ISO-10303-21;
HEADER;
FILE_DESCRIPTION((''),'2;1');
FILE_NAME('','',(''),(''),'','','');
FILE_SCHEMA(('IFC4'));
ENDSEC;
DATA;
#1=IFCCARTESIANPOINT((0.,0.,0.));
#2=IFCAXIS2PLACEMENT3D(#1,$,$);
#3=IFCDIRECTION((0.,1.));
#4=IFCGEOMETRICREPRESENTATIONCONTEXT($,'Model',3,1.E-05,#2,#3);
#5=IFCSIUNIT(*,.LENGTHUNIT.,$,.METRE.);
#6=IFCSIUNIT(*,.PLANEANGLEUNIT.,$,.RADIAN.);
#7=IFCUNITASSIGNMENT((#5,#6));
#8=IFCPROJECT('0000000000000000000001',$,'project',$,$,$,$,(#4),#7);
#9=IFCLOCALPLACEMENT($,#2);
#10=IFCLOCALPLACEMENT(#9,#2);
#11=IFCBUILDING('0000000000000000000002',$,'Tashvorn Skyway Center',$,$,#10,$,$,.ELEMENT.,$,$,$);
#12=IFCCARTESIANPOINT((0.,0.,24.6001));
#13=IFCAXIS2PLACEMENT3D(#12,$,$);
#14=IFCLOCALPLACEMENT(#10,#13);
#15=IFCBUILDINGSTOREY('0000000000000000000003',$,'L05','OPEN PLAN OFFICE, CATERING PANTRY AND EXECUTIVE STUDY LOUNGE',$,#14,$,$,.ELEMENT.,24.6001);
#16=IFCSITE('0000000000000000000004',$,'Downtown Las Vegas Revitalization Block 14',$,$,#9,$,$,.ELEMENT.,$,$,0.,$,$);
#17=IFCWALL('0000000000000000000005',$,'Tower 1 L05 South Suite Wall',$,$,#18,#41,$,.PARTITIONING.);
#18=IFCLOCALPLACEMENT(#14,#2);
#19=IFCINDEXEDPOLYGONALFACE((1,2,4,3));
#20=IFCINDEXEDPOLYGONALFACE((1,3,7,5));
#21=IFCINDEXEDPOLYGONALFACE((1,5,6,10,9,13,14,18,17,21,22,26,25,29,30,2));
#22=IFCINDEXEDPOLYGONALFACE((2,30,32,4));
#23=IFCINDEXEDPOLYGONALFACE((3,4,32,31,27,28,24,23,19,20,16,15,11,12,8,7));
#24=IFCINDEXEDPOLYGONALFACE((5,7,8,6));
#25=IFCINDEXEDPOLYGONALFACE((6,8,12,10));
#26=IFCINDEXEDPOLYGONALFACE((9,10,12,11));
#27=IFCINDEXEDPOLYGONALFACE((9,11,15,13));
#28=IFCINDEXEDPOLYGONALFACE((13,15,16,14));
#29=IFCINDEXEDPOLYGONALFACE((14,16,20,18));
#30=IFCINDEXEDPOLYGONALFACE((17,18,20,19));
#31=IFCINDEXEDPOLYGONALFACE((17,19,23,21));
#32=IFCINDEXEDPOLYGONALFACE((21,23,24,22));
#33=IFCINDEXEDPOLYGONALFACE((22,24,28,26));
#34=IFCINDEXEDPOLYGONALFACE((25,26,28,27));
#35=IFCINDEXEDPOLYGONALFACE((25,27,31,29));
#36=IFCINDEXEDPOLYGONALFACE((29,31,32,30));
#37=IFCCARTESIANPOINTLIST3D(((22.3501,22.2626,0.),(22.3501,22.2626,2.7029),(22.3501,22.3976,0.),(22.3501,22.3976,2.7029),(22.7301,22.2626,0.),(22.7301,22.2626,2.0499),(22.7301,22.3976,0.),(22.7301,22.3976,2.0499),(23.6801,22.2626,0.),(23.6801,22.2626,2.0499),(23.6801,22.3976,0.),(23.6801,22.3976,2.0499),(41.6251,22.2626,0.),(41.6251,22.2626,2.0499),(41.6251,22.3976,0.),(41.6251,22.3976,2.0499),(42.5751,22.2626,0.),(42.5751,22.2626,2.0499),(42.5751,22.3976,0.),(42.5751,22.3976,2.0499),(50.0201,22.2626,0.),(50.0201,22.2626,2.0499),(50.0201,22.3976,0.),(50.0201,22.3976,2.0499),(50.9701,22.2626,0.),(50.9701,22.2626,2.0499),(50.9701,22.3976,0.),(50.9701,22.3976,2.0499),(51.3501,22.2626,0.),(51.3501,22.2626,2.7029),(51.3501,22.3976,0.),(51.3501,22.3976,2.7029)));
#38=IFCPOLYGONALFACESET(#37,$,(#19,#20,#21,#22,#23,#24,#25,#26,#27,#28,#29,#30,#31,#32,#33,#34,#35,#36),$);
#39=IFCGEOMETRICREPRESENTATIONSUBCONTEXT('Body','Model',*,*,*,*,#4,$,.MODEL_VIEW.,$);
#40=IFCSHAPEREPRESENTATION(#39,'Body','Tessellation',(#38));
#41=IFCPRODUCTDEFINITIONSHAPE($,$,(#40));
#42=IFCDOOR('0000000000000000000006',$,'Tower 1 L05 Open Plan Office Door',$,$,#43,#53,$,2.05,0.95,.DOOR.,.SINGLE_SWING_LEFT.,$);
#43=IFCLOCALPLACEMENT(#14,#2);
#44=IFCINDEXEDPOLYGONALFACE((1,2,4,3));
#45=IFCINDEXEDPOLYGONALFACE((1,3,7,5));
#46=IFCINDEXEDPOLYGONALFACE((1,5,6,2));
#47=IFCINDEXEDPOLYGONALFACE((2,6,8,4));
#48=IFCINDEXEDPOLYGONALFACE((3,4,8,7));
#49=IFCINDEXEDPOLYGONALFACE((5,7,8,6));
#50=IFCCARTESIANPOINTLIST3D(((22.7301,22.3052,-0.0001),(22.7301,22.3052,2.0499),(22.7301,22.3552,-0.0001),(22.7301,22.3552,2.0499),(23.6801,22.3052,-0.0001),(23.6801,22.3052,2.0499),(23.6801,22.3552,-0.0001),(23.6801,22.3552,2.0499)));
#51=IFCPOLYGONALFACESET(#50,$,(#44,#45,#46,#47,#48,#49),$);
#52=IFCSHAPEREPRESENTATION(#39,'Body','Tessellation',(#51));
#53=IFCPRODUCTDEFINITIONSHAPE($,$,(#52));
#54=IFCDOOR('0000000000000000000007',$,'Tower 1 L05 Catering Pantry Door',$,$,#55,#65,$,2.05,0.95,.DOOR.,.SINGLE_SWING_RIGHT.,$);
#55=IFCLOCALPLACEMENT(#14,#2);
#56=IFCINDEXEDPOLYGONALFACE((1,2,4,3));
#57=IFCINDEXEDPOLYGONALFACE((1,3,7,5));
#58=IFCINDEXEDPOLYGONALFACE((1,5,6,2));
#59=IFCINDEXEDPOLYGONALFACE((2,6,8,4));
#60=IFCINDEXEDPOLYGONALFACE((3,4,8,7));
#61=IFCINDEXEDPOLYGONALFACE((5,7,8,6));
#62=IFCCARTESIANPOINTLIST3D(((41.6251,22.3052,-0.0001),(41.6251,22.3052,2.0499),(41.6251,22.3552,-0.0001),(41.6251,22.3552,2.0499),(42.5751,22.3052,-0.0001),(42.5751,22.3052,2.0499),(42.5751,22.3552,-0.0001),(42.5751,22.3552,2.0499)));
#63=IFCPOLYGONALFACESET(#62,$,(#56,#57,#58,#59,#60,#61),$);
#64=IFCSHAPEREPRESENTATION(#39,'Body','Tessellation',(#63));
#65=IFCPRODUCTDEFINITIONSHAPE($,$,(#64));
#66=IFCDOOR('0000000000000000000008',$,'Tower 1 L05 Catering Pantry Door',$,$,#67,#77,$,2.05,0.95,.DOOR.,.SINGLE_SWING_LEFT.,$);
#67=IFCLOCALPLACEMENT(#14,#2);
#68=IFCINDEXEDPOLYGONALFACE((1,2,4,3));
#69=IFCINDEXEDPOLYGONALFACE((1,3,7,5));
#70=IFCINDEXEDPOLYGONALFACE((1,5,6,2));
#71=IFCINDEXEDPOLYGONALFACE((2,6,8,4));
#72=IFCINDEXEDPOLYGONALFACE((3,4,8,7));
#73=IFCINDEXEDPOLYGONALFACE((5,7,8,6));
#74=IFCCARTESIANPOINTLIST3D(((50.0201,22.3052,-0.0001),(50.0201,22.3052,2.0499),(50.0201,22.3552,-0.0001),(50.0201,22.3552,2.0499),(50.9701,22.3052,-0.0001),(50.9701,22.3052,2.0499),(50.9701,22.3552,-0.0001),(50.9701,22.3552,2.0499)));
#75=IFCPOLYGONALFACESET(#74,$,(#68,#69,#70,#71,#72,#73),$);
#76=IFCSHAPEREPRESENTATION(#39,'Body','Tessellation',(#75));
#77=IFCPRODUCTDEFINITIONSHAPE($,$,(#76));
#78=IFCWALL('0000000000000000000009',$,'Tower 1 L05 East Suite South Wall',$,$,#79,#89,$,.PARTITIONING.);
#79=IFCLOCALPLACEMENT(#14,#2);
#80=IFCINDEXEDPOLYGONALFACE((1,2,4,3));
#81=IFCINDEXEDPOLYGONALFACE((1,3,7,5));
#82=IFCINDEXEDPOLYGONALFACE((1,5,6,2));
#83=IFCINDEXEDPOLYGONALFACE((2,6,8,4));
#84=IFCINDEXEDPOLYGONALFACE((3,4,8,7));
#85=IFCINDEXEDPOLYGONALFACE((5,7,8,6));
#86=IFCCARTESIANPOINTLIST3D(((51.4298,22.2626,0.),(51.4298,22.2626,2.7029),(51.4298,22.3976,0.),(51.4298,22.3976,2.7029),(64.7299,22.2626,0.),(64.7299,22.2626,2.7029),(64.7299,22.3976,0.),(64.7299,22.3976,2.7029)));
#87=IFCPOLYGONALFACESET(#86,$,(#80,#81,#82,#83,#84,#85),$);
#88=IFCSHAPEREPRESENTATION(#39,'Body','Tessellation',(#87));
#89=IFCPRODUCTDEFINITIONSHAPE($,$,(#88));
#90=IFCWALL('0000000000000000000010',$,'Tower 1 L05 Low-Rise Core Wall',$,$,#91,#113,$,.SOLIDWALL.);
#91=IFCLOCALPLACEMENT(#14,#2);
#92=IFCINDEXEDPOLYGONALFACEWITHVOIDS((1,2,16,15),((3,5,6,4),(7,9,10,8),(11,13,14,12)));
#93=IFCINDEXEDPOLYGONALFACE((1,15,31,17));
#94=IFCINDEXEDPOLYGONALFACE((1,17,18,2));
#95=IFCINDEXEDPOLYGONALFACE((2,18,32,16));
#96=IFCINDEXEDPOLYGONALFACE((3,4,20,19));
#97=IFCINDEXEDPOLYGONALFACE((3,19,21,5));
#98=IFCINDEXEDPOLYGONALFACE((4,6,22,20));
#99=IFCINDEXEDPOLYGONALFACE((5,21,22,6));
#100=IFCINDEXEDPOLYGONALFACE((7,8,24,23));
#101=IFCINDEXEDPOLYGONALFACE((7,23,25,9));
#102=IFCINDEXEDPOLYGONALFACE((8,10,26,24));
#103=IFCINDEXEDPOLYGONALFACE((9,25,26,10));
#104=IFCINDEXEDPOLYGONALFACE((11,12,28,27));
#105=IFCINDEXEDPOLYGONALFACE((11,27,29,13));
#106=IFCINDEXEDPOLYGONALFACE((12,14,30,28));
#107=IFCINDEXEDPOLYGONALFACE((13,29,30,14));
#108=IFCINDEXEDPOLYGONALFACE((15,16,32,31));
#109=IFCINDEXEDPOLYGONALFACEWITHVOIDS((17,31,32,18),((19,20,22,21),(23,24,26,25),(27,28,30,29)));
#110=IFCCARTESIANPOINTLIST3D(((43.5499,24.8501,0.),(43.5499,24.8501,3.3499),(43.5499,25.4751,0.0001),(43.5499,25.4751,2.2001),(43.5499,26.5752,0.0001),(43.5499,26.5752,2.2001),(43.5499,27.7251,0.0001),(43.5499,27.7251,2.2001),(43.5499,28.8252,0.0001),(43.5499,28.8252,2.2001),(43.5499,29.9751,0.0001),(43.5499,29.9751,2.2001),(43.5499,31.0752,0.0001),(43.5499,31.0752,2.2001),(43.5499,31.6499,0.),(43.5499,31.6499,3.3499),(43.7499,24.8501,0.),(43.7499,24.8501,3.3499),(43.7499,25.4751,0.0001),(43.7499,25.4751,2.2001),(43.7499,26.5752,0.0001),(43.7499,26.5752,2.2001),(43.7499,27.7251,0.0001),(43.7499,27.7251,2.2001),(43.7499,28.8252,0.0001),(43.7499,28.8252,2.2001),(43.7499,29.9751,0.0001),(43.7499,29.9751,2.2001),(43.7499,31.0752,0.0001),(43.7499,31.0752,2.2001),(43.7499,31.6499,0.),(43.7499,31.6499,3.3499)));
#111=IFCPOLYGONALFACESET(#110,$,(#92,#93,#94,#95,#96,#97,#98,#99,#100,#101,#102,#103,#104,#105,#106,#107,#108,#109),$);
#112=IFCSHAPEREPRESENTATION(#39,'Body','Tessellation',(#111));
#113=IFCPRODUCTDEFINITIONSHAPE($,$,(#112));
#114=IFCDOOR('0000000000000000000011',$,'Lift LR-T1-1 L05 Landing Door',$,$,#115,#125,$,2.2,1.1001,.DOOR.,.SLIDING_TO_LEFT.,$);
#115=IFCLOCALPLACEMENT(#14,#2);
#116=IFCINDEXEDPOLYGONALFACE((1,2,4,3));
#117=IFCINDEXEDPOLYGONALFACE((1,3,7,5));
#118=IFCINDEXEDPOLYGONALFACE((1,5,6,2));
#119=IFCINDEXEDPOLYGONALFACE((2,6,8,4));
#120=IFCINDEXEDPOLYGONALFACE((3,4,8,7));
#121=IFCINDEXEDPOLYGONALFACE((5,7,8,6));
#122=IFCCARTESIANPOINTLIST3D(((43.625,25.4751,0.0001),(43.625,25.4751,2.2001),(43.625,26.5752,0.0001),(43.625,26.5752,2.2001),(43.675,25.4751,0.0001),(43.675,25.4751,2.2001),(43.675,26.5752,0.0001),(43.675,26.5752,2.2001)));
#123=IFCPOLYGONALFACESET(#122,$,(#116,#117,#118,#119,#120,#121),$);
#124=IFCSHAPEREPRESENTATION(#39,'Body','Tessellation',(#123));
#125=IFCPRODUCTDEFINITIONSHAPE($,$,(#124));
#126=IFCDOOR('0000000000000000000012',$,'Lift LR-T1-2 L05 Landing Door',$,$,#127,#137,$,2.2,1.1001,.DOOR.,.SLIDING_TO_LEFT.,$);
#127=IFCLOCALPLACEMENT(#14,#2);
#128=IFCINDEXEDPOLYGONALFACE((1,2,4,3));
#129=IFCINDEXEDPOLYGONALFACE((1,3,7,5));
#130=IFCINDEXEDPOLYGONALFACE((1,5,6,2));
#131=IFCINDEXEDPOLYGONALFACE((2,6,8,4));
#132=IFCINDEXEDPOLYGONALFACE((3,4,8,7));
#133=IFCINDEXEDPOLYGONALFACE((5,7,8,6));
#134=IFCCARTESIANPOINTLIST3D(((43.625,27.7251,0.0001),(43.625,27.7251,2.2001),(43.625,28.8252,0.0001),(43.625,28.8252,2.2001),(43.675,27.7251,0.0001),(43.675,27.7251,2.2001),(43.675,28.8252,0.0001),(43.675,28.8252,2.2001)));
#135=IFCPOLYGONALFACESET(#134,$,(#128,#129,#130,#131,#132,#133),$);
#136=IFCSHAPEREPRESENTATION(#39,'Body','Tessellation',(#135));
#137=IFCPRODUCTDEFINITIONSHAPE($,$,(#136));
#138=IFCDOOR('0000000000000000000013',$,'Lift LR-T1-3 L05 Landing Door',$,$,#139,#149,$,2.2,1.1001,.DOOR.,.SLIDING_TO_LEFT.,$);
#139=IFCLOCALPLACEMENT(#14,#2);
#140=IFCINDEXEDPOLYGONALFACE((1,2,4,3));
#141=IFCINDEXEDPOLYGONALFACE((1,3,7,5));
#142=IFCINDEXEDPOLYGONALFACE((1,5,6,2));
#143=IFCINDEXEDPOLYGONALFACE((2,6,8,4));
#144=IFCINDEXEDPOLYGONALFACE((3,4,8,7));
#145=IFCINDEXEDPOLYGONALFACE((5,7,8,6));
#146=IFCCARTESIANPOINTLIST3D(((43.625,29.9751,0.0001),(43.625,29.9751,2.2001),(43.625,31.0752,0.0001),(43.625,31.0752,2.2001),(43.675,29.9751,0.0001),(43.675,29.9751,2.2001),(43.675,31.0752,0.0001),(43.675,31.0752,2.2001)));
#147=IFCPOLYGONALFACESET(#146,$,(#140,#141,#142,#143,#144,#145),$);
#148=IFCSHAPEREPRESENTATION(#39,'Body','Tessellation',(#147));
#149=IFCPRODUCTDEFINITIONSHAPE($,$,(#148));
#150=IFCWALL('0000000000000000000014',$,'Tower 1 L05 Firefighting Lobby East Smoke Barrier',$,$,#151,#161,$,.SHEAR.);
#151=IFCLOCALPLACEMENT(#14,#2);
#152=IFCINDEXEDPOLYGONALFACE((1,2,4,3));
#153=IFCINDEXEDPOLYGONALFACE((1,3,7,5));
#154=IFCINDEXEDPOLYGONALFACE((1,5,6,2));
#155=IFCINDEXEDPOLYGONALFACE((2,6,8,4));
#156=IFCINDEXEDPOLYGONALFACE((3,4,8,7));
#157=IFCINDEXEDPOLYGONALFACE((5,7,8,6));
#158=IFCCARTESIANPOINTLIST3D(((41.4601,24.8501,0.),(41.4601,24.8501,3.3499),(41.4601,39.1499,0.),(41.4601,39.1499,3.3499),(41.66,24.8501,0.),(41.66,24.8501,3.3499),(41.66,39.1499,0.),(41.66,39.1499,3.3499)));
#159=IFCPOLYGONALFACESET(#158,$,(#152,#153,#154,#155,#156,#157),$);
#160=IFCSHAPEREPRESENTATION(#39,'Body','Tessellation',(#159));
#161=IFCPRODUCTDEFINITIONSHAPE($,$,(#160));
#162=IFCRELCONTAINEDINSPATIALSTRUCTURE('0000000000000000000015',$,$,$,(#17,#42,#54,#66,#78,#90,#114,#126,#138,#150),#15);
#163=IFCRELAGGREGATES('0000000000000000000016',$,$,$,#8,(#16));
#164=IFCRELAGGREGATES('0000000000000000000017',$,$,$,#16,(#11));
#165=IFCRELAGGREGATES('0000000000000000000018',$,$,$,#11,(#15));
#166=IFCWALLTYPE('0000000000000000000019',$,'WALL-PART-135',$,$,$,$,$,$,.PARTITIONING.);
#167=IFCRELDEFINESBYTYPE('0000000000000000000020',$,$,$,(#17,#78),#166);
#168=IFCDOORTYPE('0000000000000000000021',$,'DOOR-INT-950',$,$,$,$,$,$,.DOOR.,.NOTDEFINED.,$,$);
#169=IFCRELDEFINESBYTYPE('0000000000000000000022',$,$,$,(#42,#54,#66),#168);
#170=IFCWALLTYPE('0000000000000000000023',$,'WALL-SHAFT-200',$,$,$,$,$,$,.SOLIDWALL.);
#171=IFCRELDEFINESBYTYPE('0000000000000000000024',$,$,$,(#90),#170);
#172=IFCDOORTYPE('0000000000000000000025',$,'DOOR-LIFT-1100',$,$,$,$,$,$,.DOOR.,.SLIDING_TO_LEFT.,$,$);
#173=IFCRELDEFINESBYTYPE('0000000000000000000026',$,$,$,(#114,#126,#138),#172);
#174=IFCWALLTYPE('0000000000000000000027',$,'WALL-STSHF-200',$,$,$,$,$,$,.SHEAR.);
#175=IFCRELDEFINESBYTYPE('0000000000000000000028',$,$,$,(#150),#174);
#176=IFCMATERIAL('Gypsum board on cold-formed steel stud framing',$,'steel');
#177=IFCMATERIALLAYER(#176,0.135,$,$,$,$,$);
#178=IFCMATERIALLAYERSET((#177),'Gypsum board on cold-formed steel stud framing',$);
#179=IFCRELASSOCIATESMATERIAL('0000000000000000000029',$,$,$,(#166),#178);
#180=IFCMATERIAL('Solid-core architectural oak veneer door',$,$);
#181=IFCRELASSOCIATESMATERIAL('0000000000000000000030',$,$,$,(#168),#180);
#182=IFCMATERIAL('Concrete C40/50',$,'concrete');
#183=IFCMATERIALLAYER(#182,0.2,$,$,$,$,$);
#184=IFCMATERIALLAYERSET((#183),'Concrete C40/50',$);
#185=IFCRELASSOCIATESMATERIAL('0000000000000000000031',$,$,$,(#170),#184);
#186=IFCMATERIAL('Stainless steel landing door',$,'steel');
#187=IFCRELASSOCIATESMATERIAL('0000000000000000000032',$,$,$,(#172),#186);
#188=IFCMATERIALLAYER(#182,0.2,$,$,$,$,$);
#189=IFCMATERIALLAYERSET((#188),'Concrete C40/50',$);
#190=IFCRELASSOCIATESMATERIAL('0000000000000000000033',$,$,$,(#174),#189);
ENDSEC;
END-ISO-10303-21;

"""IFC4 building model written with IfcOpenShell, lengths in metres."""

from ifc_helpers import new_model, si_unit, direction, frame, frame_2d, origin, place, context, subcontext, project, spatial, rectangle, extrude, material, layer, layer_set, type_object, element, fill, save


model = new_model("IFC4")

# Units and contexts
model_context = context("Model", 3, precision=1e-05, world=origin(), true_north=direction((0.0, 1.0)))
body_context = subcontext(model_context, "Body", "Model", "MODEL_VIEW")
ifc_project = project(units=[si_unit("LENGTHUNIT", "METRE"), si_unit("PLANEANGLEUNIT", "RADIAN")], contexts=[model_context])

# Site, building, storey
site_placement = place(None, origin())
site = spatial("IfcSite", under=ifc_project, at=site_placement, Name="Downtown Las Vegas Revitalization Block 14", CompositionType="ELEMENT", RefElevation=0.0)
building_placement = place(site_placement, origin())
building = spatial("IfcBuilding", under=site, at=building_placement, Name="Tashvorn Skyway Center", CompositionType="ELEMENT")
storey_placement = place(building_placement, frame((0.0, 0.0, 24.6001)))
storey = spatial("IfcBuildingStorey", under=building, at=storey_placement, Name="L05", Description="OPEN PLAN OFFICE, CATERING PANTRY AND EXECUTIVE STUDY LOUNGE", CompositionType="ELEMENT", Elevation=24.6001)

# Wall, openings, doors
ifc_material_1 = material(Name="Gypsum board on cold-formed steel stud framing", Category="steel")
ifc_layer_1 = layer(ifc_material_1, 0.135)
ifc_layer_set_1 = layer_set([ifc_layer_1], Name="Gypsum board on cold-formed steel stud framing")
wall_type_1 = type_object("IfcWallType", Name="WALL-PART-135", PredefinedType="PARTITIONING", material=ifc_layer_set_1)
wall_1_placement = place(storey_placement, frame((51.3501, 22.3301, 0.0), z_axis=(0.0, 0.0, 1.0), x_axis=(-1.0, 0.0, 0.0)))
wall_1 = element("IfcWall", 1, at=wall_1_placement, inside=storey, type_object=wall_type_1, Name="Tower 1 L05 South Suite Wall", PredefinedType="PARTITIONING", context=body_context, shape_type="SweptSolid", body=[
    extrude(rectangle(XDim=29.0, YDim=0.135, at=frame_2d((14.5, 0.0))), origin(), (0.0, 0.0, 1.0), 2.7029),
])
opening_1_placement = place(wall_1_placement, frame((27.6699, 0.0, 0.0)))
opening_1 = element("IfcOpeningElement", 2, at=opening_1_placement, cuts=wall_1, PredefinedType="OPENING", context=body_context, shape_type="SweptSolid", body=[
    extrude(rectangle(XDim=0.95, YDim=2.05, at=frame_2d((0.4751, 1.0249))), frame((0.0, 0.0774, 0.0), z_axis=(0.0, -1.0, 0.0), x_axis=(1.0, 0.0, 0.0)), (0.0, 0.0, 1.0), 0.155),
])
opening_2_placement = place(wall_1_placement, frame((8.7749, 0.0, 0.0)))
opening_2 = element("IfcOpeningElement", 3, at=opening_2_placement, cuts=wall_1, PredefinedType="OPENING", context=body_context, shape_type="SweptSolid", body=[
    extrude(rectangle(XDim=0.95, YDim=2.05, at=frame_2d((0.4751, 1.0249))), frame((0.0, 0.0774, 0.0), z_axis=(0.0, -1.0, 0.0), x_axis=(1.0, 0.0, 0.0)), (0.0, 0.0, 1.0), 0.155),
])
opening_3_placement = place(wall_1_placement, frame((0.3799, 0.0, 0.0)))
opening_3 = element("IfcOpeningElement", 4, at=opening_3_placement, cuts=wall_1, PredefinedType="OPENING", context=body_context, shape_type="SweptSolid", body=[
    extrude(rectangle(XDim=0.95, YDim=2.05, at=frame_2d((0.4751, 1.0249))), frame((0.0, 0.0774, 0.0), z_axis=(0.0, -1.0, 0.0), x_axis=(1.0, 0.0, 0.0)), (0.0, 0.0, 1.0), 0.155),
])
ifc_material_2 = material(Name="Solid-core architectural oak veneer door")
door_type_1 = type_object("IfcDoorType", Name="DOOR-INT-950", OperationType="NOTDEFINED", PredefinedType="DOOR", material=ifc_material_2)
door_1_placement = place(opening_1_placement, origin())
door_1 = element("IfcDoor", 5, at=door_1_placement, inside=storey, type_object=door_type_1, Name="Tower 1 L05 Open Plan Office Door", OperationType="SINGLE_SWING_LEFT", OverallHeight=2.05, OverallWidth=0.95, PredefinedType="DOOR", context=body_context, shape_type="SweptSolid", body=[
    extrude(rectangle(XDim=0.95, YDim=2.05, at=frame_2d((0.4751, 1.0249))), frame((0.0, 0.0249, 0.0), z_axis=(0.0, -1.0, 0.0), x_axis=(1.0, 0.0, 0.0)), (0.0, 0.0, 1.0), 0.05),
])
fill(opening_1, door_1)
door_2_placement = place(opening_2_placement, origin())
door_2 = element("IfcDoor", 6, at=door_2_placement, inside=storey, type_object=door_type_1, Name="Tower 1 L05 Catering Pantry Door", OperationType="SINGLE_SWING_RIGHT", OverallHeight=2.05, OverallWidth=0.95, PredefinedType="DOOR", context=body_context, shape_type="SweptSolid", body=[
    extrude(rectangle(XDim=0.95, YDim=2.05, at=frame_2d((0.4751, 1.0249))), frame((0.0, 0.0249, 0.0), z_axis=(0.0, -1.0, 0.0), x_axis=(1.0, 0.0, 0.0)), (0.0, 0.0, 1.0), 0.05),
])
fill(opening_2, door_2)
door_3_placement = place(opening_3_placement, origin())
door_3 = element("IfcDoor", 7, at=door_3_placement, inside=storey, type_object=door_type_1, Name="Tower 1 L05 Catering Pantry Door", OperationType="SINGLE_SWING_LEFT", OverallHeight=2.05, OverallWidth=0.95, PredefinedType="DOOR", context=body_context, shape_type="SweptSolid", body=[
    extrude(rectangle(XDim=0.95, YDim=2.05, at=frame_2d((0.4751, 1.0249))), frame((0.0, 0.0249, 0.0), z_axis=(0.0, -1.0, 0.0), x_axis=(1.0, 0.0, 0.0)), (0.0, 0.0, 1.0), 0.05),
])
fill(opening_3, door_3)

# Wall
wall_2_placement = place(storey_placement, frame((51.4299, 22.3301, 0.0), z_axis=(0.0, 0.0, 1.0), x_axis=(1.0, 0.0, 0.0)))
element("IfcWall", 8, at=wall_2_placement, inside=storey, type_object=wall_type_1, Name="Tower 1 L05 East Suite South Wall", PredefinedType="PARTITIONING", context=body_context, shape_type="SweptSolid", body=[
    extrude(rectangle(XDim=13.3, YDim=0.135, at=frame_2d((6.6499, 0.0))), origin(), (0.0, 0.0, 1.0), 2.7029),
])

# Wall, openings, doors
ifc_material_3 = material(Name="Concrete C40/50", Category="concrete")
ifc_layer_2 = layer(ifc_material_3, 0.2)
ifc_layer_set_2 = layer_set([ifc_layer_2], Name="Concrete C40/50")
wall_type_2 = type_object("IfcWallType", Name="WALL-SHAFT-200", PredefinedType="SOLIDWALL", material=ifc_layer_set_2)
wall_3_placement = place(storey_placement, frame((43.6499, 24.8501, 0.0), z_axis=(0.0, 0.0, 1.0), x_axis=(0.0, 1.0, 0.0)))
wall_3 = element("IfcWall", 9, at=wall_3_placement, inside=storey, type_object=wall_type_2, Name="Tower 1 L05 Low-Rise Core Wall", PredefinedType="SOLIDWALL", context=body_context, shape_type="SweptSolid", body=[
    extrude(rectangle(XDim=6.7998, YDim=0.2, at=frame_2d((3.3999, 0.0))), origin(), (0.0, 0.0, 1.0), 3.3499),
])
opening_4_placement = place(wall_3_placement, frame((0.625, 0.0, 0.0)))
opening_4 = element("IfcOpeningElement", 10, at=opening_4_placement, cuts=wall_3, PredefinedType="OPENING", context=body_context, shape_type="SweptSolid", body=[
    extrude(rectangle(XDim=1.1001, YDim=2.2, at=frame_2d((0.55, 1.1001))), frame((0.0, 0.1099, 0.0), z_axis=(0.0, -1.0, 0.0), x_axis=(1.0, 0.0, 0.0)), (0.0, 0.0, 1.0), 0.22),
])
opening_5_placement = place(wall_3_placement, frame((2.875, 0.0, 0.0)))
opening_5 = element("IfcOpeningElement", 11, at=opening_5_placement, cuts=wall_3, PredefinedType="OPENING", context=body_context, shape_type="SweptSolid", body=[
    extrude(rectangle(XDim=1.1001, YDim=2.2, at=frame_2d((0.55, 1.1001))), frame((0.0, 0.1099, 0.0), z_axis=(0.0, -1.0, 0.0), x_axis=(1.0, 0.0, 0.0)), (0.0, 0.0, 1.0), 0.22),
])
opening_6_placement = place(wall_3_placement, frame((5.125, 0.0, 0.0)))
opening_6 = element("IfcOpeningElement", 12, at=opening_6_placement, cuts=wall_3, PredefinedType="OPENING", context=body_context, shape_type="SweptSolid", body=[
    extrude(rectangle(XDim=1.1001, YDim=2.2, at=frame_2d((0.55, 1.1001))), frame((0.0, 0.1099, 0.0), z_axis=(0.0, -1.0, 0.0), x_axis=(1.0, 0.0, 0.0)), (0.0, 0.0, 1.0), 0.22),
])
ifc_material_4 = material(Name="Stainless steel landing door", Category="steel")
door_type_2 = type_object("IfcDoorType", Name="DOOR-LIFT-1100", OperationType="SLIDING_TO_LEFT", PredefinedType="DOOR", material=ifc_material_4)
door_4_placement = place(opening_4_placement, origin())
door_4 = element("IfcDoor", 13, at=door_4_placement, inside=storey, type_object=door_type_2, Name="Lift LR-T1-1 L05 Landing Door", OperationType="SLIDING_TO_LEFT", OverallHeight=2.2, OverallWidth=1.1001, PredefinedType="DOOR", context=body_context, shape_type="SweptSolid", body=[
    extrude(rectangle(XDim=1.1001, YDim=2.2, at=frame_2d((0.55, 1.1001))), frame((0.0, 0.0249, 0.0), z_axis=(0.0, -1.0, 0.0), x_axis=(1.0, 0.0, 0.0)), (0.0, 0.0, 1.0), 0.05),
])
fill(opening_4, door_4)
door_5_placement = place(opening_5_placement, origin())
door_5 = element("IfcDoor", 14, at=door_5_placement, inside=storey, type_object=door_type_2, Name="Lift LR-T1-2 L05 Landing Door", OperationType="SLIDING_TO_LEFT", OverallHeight=2.2, OverallWidth=1.1001, PredefinedType="DOOR", context=body_context, shape_type="SweptSolid", body=[
    extrude(rectangle(XDim=1.1001, YDim=2.2, at=frame_2d((0.55, 1.1001))), frame((0.0, 0.0249, 0.0), z_axis=(0.0, -1.0, 0.0), x_axis=(1.0, 0.0, 0.0)), (0.0, 0.0, 1.0), 0.05),
])
fill(opening_5, door_5)
door_6_placement = place(opening_6_placement, origin())
door_6 = element("IfcDoor", 15, at=door_6_placement, inside=storey, type_object=door_type_2, Name="Lift LR-T1-3 L05 Landing Door", OperationType="SLIDING_TO_LEFT", OverallHeight=2.2, OverallWidth=1.1001, PredefinedType="DOOR", context=body_context, shape_type="SweptSolid", body=[
    extrude(rectangle(XDim=1.1001, YDim=2.2, at=frame_2d((0.55, 1.1001))), frame((0.0, 0.0249, 0.0), z_axis=(0.0, -1.0, 0.0), x_axis=(1.0, 0.0, 0.0)), (0.0, 0.0, 1.0), 0.05),
])
fill(opening_6, door_6)

# Wall
ifc_layer_3 = layer(ifc_material_3, 0.2)
ifc_layer_set_3 = layer_set([ifc_layer_3], Name="Concrete C40/50")
wall_type_3 = type_object("IfcWallType", Name="WALL-STSHF-200", PredefinedType="SHEAR", material=ifc_layer_set_3)
wall_4_placement = place(storey_placement, frame((41.5601, 24.8501, 0.0), z_axis=(0.0, 0.0, 1.0), x_axis=(0.0, 1.0, 0.0)))
element("IfcWall", 16, at=wall_4_placement, inside=storey, type_object=wall_type_3, Name="Tower 1 L05 Firefighting Lobby East Smoke Barrier", PredefinedType="SHEAR", context=body_context, shape_type="SweptSolid", body=[
    extrude(rectangle(XDim=14.2998, YDim=0.2, at=frame_2d((7.1499, 0.0))), origin(), (0.0, 0.0, 1.0), 3.3499),
])

save(model, "model.ifc")
